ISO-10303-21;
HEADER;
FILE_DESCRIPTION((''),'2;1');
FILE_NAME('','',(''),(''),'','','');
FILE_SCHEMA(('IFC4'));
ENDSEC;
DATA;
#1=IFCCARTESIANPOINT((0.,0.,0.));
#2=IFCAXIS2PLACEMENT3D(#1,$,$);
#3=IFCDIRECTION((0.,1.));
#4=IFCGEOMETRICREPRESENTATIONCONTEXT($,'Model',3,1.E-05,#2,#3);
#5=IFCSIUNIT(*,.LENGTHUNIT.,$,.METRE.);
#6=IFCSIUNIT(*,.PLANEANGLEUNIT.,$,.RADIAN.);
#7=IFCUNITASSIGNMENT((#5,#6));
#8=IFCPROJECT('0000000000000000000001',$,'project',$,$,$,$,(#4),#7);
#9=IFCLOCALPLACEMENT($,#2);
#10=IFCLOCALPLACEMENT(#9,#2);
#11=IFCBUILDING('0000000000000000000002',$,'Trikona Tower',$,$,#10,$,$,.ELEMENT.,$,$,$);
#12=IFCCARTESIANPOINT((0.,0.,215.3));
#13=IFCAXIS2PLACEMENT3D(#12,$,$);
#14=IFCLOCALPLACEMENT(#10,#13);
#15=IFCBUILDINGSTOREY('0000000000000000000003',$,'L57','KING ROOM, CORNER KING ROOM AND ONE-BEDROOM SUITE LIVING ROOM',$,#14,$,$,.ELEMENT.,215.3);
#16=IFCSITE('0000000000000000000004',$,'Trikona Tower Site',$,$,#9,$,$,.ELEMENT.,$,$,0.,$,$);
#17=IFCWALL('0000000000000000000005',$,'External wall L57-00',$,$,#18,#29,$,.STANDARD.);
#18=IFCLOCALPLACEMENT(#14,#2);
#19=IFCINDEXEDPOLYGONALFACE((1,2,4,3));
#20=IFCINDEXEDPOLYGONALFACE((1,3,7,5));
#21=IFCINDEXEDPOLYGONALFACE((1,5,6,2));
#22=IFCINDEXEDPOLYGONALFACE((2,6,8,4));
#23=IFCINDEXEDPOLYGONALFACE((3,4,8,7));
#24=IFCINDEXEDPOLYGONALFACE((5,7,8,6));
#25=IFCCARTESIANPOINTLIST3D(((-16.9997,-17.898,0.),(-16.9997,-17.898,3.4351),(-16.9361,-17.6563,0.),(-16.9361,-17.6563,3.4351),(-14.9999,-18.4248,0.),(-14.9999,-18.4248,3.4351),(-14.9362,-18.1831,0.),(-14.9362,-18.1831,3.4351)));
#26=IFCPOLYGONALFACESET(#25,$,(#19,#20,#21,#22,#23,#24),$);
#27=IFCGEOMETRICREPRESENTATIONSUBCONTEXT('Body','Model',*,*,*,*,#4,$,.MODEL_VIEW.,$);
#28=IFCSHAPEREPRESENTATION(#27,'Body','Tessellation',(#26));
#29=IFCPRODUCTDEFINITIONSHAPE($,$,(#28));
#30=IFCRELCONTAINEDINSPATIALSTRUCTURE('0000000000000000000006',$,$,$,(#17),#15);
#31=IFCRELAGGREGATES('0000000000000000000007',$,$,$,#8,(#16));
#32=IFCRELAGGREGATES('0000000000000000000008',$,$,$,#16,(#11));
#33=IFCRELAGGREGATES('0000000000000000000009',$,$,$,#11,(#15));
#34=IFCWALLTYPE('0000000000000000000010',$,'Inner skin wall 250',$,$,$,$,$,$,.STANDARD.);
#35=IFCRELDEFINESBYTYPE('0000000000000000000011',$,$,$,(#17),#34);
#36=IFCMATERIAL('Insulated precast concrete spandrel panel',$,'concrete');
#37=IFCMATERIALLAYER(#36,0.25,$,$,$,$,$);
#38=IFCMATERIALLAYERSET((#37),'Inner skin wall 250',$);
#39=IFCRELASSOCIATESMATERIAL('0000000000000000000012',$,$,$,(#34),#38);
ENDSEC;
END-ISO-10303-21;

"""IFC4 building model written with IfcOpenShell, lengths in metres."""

from ifc_helpers import new_model, si_unit, direction, frame, frame_2d, origin, place, context, subcontext, project, spatial, rectangle, extrude, material, layer, layer_set, type_object, element, save


model = new_model("IFC4")

# Units and contexts
model_context = context("Model", 3, precision=1e-05, world=origin(), true_north=direction((0.0, 1.0)))
body_context = subcontext(model_context, "Body", "Model", "MODEL_VIEW")
ifc_project = project(units=[si_unit("LENGTHUNIT", "METRE"), si_unit("PLANEANGLEUNIT", "RADIAN")], contexts=[model_context])

# Site, building, storey
site_placement = place(None, origin())
site = spatial("IfcSite", under=ifc_project, at=site_placement, Name="Trikona Tower Site", CompositionType="ELEMENT", RefElevation=0.0)
building_placement = place(site_placement, origin())
building = spatial("IfcBuilding", under=site, at=building_placement, Name="Trikona Tower", CompositionType="ELEMENT")
storey_placement = place(building_placement, frame((0.0, 0.0, 215.3)))
storey = spatial("IfcBuildingStorey", under=building, at=storey_placement, Name="L57", Description="KING ROOM, CORNER KING ROOM AND ONE-BEDROOM SUITE LIVING ROOM", CompositionType="ELEMENT", Elevation=215.3)

# Wall
ifc_material_1 = material(Name="Insulated precast concrete spandrel panel", Category="concrete")
ifc_layer_1 = layer(ifc_material_1, 0.25)
ifc_layer_set_1 = layer_set([ifc_layer_1], Name="Inner skin wall 250")
wall_type_1 = type_object("IfcWallType", Name="Inner skin wall 250", PredefinedType="STANDARD", material=ifc_layer_set_1)
wall_1_placement = place(storey_placement, frame((-16.968, -17.7771, 0.0), z_axis=(0.0, 0.0, 1.0), x_axis=(0.96701, -0.254737, 0.0)))
element("IfcWall", 1, at=wall_1_placement, inside=storey, type_object=wall_type_1, Name="External wall L57-00", PredefinedType="STANDARD", context=body_context, shape_type="SweptSolid", body=[
    extrude(rectangle(XDim=2.0681, YDim=0.25, at=frame_2d((1.0342, 0.0))), origin(), (0.0, 0.0, 1.0), 3.4351),
])

save(model, "model.ifc")
